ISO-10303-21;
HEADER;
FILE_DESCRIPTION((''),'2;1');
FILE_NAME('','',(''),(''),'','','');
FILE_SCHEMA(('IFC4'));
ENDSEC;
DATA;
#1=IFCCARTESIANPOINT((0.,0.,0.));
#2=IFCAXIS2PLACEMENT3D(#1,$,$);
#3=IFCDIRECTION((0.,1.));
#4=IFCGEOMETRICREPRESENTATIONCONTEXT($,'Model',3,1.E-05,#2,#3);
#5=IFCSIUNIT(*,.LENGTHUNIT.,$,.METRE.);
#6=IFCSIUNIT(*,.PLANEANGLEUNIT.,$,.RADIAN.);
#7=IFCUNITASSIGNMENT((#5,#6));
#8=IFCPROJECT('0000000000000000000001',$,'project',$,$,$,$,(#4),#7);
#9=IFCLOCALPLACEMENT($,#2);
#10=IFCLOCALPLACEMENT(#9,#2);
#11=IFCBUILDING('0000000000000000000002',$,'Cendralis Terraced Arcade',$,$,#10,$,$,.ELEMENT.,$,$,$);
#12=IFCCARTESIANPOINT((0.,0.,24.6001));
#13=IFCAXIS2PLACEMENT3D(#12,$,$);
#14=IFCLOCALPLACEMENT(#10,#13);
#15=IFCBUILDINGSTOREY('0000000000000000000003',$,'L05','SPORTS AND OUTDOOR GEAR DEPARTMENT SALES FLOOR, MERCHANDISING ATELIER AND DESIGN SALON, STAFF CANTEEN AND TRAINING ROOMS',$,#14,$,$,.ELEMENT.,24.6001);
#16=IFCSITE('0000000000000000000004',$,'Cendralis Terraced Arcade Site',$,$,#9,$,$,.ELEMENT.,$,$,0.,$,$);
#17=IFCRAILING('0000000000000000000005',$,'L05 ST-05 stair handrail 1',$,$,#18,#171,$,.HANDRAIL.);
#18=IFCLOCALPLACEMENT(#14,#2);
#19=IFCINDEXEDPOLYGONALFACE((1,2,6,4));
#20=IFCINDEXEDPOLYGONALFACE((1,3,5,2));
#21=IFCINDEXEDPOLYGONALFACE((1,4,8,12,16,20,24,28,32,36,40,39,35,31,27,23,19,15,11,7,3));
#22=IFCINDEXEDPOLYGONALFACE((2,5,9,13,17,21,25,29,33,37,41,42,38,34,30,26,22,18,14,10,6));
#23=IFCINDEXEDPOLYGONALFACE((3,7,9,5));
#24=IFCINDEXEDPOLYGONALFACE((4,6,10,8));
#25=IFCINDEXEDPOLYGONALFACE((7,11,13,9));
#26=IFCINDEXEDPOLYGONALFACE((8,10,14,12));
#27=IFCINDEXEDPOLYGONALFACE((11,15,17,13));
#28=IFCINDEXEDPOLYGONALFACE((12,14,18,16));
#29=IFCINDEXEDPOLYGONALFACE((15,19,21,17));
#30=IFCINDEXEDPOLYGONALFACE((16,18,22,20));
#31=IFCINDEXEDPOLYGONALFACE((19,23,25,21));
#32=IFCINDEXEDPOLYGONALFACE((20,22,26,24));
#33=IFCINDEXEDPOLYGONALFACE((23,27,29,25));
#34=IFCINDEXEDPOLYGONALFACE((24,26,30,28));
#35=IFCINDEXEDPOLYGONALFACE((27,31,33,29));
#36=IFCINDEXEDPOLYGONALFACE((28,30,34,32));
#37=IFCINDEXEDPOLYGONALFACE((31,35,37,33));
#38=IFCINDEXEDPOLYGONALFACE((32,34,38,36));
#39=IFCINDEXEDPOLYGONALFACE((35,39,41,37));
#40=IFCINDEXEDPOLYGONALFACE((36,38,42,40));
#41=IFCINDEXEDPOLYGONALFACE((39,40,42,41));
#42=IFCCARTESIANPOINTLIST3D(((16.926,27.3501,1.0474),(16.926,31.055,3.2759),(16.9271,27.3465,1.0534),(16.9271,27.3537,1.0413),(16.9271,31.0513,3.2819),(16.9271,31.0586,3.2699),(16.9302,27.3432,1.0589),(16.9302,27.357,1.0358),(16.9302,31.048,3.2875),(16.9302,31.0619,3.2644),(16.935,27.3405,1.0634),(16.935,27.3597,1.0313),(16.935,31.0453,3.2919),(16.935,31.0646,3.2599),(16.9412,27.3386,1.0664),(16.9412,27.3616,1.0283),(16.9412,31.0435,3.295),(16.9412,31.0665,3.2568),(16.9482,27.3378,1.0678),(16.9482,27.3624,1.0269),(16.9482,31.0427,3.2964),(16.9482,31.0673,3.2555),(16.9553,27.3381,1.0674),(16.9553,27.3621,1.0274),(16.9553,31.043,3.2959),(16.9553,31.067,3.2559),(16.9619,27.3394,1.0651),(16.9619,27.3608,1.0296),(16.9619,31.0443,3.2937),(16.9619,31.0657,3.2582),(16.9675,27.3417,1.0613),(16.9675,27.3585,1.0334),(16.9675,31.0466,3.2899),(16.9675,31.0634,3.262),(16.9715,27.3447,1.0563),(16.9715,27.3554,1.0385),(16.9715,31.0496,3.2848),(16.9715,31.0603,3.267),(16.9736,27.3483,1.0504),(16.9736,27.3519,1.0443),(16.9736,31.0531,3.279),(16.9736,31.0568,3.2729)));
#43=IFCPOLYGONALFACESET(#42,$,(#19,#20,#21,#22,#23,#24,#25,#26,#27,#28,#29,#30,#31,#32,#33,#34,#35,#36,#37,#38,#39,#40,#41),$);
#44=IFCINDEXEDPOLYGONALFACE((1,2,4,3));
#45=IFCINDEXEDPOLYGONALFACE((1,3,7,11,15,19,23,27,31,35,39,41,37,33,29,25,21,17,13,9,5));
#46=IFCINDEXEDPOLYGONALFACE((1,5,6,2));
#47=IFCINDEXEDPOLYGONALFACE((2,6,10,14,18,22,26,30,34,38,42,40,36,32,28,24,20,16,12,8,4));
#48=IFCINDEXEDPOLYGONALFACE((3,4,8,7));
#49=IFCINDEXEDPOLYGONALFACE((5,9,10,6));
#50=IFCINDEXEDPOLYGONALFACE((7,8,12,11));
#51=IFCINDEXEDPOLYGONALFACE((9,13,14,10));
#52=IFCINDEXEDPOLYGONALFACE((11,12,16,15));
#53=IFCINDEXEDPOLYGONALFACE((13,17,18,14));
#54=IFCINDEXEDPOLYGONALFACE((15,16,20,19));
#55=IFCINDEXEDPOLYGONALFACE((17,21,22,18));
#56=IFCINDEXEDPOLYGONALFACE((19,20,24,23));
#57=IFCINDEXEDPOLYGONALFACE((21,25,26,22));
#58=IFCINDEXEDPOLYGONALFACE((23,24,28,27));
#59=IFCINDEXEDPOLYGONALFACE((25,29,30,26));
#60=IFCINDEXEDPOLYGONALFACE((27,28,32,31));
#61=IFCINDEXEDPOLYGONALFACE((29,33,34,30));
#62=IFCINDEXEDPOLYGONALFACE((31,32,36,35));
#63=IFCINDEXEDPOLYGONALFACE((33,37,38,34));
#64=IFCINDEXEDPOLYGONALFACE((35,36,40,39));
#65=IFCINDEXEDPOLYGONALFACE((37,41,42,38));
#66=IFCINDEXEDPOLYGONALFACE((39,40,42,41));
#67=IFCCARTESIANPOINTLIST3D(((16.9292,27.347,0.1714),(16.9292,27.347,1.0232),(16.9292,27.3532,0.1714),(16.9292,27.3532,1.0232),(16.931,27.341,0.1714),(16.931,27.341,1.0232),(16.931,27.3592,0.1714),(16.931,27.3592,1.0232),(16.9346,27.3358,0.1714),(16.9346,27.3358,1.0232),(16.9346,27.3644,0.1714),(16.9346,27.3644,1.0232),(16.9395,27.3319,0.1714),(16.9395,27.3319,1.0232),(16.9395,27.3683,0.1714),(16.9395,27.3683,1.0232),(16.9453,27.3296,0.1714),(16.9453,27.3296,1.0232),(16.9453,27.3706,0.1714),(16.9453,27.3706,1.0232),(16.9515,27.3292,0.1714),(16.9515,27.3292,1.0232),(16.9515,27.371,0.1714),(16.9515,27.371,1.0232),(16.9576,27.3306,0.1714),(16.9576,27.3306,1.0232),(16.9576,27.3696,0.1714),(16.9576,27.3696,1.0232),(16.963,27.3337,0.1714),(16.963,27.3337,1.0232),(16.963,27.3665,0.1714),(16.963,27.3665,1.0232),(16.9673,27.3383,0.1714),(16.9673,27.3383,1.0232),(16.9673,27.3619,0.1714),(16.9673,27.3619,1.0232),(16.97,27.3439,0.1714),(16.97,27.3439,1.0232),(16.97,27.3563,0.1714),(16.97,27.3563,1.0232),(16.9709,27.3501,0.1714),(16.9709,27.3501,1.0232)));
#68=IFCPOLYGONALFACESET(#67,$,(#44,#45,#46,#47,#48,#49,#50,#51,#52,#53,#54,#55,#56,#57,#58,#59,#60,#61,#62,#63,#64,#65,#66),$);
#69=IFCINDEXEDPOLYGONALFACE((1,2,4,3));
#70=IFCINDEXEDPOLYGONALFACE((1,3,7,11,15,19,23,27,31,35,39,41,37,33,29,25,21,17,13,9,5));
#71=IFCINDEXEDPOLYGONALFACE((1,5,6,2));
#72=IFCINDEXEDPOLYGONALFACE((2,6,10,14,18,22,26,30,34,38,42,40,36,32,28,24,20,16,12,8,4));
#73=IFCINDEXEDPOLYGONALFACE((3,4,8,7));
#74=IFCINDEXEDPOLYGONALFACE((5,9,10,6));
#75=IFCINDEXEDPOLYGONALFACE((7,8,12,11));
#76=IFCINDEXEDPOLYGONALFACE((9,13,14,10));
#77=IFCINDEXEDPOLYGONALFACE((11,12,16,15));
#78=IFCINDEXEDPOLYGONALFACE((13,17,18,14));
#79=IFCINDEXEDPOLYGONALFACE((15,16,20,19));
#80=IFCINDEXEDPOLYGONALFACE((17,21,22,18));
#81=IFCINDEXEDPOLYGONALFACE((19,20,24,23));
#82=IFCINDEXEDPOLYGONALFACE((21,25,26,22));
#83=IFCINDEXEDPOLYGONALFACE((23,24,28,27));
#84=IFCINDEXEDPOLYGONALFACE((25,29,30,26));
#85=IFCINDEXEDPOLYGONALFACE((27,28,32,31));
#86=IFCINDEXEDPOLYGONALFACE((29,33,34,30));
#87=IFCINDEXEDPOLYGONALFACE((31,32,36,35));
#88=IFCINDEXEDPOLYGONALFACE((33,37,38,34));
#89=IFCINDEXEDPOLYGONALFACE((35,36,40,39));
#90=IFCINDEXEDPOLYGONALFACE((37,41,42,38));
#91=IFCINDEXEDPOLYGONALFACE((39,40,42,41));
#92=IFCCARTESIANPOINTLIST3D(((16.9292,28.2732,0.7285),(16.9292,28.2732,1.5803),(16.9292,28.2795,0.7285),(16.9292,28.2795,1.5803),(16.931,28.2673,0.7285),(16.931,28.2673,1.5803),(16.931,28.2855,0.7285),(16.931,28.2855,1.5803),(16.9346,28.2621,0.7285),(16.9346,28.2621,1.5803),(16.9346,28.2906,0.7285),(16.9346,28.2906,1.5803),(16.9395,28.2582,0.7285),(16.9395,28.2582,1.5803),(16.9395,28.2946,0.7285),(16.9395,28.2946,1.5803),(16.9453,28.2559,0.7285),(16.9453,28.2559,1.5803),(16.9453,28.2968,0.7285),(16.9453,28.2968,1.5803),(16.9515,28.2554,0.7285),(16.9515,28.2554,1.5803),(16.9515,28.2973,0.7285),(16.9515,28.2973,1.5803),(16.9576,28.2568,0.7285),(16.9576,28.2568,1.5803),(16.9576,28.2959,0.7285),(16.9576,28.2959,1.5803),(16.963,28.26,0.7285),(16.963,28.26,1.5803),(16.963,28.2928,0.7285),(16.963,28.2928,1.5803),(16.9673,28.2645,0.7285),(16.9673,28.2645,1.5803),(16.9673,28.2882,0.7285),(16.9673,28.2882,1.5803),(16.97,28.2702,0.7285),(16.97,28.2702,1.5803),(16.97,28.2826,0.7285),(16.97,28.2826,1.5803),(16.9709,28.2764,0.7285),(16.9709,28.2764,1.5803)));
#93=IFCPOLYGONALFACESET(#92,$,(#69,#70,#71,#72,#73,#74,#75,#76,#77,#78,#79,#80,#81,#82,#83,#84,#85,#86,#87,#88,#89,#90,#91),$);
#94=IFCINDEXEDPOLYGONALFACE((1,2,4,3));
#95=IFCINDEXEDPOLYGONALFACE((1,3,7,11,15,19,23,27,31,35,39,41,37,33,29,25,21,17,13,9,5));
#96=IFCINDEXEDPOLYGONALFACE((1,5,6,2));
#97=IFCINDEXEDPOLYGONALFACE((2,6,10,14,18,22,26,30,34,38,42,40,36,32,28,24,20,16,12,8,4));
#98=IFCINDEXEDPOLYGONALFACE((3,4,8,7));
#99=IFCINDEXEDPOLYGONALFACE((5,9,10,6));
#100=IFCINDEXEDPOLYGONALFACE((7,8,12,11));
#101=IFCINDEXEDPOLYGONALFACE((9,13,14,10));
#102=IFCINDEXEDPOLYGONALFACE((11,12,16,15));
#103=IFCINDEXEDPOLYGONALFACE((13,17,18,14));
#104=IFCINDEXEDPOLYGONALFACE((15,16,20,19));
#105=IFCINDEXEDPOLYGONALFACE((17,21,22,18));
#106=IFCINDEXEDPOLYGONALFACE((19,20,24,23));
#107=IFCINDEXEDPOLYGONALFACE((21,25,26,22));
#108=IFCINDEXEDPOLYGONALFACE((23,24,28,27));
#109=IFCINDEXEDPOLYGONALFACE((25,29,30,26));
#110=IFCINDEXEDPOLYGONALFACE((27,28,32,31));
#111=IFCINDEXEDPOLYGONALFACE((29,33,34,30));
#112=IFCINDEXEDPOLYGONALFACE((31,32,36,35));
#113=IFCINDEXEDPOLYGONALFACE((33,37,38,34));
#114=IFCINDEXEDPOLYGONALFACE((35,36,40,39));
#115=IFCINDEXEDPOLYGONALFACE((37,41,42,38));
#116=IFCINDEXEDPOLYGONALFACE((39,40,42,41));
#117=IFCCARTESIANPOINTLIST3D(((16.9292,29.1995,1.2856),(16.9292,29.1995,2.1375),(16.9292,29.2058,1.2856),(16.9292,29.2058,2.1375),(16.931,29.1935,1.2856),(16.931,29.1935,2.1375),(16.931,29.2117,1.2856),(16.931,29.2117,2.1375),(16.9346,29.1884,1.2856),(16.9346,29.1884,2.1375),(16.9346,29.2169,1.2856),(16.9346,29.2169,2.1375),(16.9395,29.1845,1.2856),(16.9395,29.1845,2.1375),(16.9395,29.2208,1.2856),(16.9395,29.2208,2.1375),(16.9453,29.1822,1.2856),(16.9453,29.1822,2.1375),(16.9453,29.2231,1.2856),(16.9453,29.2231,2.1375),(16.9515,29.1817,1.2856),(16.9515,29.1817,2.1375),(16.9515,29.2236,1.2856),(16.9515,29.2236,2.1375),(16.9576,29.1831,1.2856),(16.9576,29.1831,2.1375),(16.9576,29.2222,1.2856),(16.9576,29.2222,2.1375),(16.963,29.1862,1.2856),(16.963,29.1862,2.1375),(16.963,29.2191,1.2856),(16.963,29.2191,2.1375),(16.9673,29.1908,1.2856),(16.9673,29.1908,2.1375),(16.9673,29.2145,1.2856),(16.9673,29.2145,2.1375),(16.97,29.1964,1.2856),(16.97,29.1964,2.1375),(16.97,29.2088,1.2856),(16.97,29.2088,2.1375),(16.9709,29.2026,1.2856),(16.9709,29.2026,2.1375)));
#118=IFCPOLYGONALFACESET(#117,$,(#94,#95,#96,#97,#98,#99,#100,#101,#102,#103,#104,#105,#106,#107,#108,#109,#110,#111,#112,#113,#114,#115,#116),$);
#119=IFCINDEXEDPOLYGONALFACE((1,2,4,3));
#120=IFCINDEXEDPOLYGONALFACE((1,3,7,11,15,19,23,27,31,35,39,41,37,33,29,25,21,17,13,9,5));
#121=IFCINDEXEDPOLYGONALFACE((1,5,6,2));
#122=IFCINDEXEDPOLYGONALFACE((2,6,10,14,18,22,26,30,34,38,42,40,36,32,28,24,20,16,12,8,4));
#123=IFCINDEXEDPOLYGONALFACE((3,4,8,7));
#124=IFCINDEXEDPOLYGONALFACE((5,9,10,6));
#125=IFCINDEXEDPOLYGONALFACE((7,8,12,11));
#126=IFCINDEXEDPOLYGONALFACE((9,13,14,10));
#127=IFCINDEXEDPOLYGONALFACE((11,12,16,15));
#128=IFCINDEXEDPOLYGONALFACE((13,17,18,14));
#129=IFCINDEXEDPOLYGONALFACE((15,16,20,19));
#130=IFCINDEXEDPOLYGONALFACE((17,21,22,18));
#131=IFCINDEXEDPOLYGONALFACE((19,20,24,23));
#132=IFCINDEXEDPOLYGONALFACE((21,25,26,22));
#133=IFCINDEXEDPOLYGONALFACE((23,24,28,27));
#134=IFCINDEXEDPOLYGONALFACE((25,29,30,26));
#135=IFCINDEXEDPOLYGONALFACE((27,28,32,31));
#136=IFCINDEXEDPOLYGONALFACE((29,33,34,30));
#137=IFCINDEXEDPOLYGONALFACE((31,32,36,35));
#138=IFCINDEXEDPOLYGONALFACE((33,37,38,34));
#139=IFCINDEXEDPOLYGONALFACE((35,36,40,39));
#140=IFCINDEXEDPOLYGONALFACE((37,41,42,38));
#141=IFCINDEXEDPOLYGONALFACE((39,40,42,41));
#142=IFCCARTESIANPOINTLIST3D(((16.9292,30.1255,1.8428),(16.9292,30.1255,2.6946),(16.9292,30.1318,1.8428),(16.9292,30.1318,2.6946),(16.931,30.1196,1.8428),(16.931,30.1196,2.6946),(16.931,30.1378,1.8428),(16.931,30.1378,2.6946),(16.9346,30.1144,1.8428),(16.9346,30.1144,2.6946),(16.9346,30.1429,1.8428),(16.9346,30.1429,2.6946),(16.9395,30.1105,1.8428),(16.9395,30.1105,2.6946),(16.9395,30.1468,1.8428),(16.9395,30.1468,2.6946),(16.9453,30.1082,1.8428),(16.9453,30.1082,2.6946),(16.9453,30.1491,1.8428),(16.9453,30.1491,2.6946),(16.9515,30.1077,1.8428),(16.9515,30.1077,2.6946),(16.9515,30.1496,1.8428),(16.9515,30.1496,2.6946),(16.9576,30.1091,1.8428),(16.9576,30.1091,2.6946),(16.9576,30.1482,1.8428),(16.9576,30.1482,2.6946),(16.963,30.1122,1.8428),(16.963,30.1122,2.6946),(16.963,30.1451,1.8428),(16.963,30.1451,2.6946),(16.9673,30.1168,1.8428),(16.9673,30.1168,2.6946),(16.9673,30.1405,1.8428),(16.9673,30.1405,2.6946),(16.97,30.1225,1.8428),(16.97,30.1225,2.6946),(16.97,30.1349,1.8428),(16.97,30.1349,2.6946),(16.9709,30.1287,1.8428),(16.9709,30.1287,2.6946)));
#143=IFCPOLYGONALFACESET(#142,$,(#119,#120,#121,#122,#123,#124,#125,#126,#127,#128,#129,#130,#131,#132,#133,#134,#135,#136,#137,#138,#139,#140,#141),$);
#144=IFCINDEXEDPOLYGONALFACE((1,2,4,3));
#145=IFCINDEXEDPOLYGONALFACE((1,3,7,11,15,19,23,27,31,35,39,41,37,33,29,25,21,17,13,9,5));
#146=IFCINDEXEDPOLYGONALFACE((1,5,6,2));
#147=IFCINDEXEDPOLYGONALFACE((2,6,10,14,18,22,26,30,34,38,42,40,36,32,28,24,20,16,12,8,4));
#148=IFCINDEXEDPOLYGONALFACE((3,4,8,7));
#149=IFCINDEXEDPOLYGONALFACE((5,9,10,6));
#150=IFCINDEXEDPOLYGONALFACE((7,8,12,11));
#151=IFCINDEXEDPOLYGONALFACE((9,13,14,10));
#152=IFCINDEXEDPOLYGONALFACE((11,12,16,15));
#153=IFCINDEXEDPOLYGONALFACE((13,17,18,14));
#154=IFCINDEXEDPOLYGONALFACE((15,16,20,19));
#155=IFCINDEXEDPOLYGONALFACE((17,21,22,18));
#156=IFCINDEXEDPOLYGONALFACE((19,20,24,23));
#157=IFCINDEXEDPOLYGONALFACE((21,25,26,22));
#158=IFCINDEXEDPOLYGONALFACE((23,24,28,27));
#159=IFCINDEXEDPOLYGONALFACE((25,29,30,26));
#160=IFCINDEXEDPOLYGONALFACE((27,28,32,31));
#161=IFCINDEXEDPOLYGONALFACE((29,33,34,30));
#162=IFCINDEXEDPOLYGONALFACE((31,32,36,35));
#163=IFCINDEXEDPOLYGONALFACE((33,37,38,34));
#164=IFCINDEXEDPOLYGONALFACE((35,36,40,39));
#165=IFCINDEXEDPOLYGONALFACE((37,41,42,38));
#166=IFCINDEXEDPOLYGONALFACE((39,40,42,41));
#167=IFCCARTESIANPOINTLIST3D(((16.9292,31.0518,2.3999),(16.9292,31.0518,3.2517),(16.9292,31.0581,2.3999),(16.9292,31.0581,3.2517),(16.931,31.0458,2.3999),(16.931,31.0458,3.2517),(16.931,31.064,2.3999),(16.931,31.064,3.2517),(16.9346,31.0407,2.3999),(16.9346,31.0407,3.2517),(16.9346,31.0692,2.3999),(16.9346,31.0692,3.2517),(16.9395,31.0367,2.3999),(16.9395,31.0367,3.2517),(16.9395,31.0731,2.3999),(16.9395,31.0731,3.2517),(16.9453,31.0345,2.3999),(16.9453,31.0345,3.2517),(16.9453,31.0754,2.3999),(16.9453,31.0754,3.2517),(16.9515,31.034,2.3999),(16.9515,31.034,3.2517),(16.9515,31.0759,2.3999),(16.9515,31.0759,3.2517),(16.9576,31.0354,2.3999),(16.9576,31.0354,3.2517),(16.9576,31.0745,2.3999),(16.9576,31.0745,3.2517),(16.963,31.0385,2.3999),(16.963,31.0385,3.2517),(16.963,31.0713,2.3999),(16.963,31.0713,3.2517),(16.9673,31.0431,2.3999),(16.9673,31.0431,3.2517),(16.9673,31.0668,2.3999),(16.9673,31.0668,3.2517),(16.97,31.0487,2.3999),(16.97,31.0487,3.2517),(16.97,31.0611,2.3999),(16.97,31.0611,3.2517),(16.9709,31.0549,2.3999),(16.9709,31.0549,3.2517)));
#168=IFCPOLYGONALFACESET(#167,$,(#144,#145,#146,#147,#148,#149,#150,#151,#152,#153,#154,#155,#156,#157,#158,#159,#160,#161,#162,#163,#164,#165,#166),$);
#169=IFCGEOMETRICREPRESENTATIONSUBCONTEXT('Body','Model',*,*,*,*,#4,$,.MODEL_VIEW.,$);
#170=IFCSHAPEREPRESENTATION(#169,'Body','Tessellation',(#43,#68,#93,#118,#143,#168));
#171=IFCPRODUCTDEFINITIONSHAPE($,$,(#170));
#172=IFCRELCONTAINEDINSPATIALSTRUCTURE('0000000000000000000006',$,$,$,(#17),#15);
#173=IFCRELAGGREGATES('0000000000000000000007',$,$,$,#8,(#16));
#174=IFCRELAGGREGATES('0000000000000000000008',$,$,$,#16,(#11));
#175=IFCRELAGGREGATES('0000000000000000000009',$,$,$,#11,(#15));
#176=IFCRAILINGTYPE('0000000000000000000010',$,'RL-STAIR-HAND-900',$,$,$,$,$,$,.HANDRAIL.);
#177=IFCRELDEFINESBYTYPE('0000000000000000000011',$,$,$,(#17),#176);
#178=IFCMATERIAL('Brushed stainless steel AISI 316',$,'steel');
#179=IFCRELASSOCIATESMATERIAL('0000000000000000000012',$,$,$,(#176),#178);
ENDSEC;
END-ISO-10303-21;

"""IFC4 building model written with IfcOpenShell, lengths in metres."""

from ifc_helpers import new_model, si_unit, direction, frame, origin, origin_2d, place, context, subcontext, project, spatial, circle, extrude, material, type_object, element, save


model = new_model("IFC4")

# Units and contexts
model_context = context("Model", 3, precision=1e-05, world=origin(), true_north=direction((0.0, 1.0)))
body_context = subcontext(model_context, "Body", "Model", "MODEL_VIEW")
ifc_project = project(units=[si_unit("LENGTHUNIT", "METRE"), si_unit("PLANEANGLEUNIT", "RADIAN")], contexts=[model_context])

# Site, building, storey
site_placement = place(None, origin())
site = spatial("IfcSite", under=ifc_project, at=site_placement, Name="Cendralis Terraced Arcade Site", CompositionType="ELEMENT", RefElevation=0.0)
building_placement = place(site_placement, origin())
building = spatial("IfcBuilding", under=site, at=building_placement, Name="Cendralis Terraced Arcade", CompositionType="ELEMENT")
storey_placement = place(building_placement, frame((0.0, 0.0, 24.6001)))
storey = spatial("IfcBuildingStorey", under=building, at=storey_placement, Name="L05", Description="SPORTS AND OUTDOOR GEAR DEPARTMENT SALES FLOOR, MERCHANDISING ATELIER AND DESIGN SALON, STAFF CANTEEN AND TRAINING ROOMS", CompositionType="ELEMENT", Elevation=24.6001)

# Railing
ifc_material_1 = material(Name="Brushed stainless steel AISI 316", Category="steel")
railing_type_1 = type_object("IfcRailingType", Name="RL-STAIR-HAND-900", PredefinedType="HANDRAIL", material=ifc_material_1)
railing_1_placement = place(storey_placement, frame((16.95, 27.3501, 0.1714)))
element("IfcRailing", 1, at=railing_1_placement, inside=storey, type_object=railing_type_1, Name="L05 ST-05 stair handrail 1", PredefinedType="HANDRAIL", context=body_context, shape_type="SweptSolid", body=[
    extrude(circle(Radius=0.0239, at=origin_2d()), frame((0.0, 0.0, 0.876), z_axis=(0.0, 0.856919, 0.51545), x_axis=(-1.0, 0.0, 0.0)), (0.0, 0.0, 1.0), 4.3235),
    extrude(circle(Radius=0.021, at=origin_2d()), origin(), (0.0, 0.0, 1.0), 0.8518),
    extrude(circle(Radius=0.021, at=origin_2d()), frame((0.0, 0.9263, 0.5571)), (0.0, 0.0, 1.0), 0.8518),
    extrude(circle(Radius=0.021, at=origin_2d()), frame((0.0, 1.8525, 1.1143)), (0.0, 0.0, 1.0), 0.8518),
    extrude(circle(Radius=0.021, at=origin_2d()), frame((0.0, 2.7786, 1.6714)), (0.0, 0.0, 1.0), 0.8518),
    extrude(circle(Radius=0.021, at=origin_2d()), frame((0.0, 3.7048, 2.2285)), (0.0, 0.0, 1.0), 0.8518),
])

save(model, "model.ifc")
